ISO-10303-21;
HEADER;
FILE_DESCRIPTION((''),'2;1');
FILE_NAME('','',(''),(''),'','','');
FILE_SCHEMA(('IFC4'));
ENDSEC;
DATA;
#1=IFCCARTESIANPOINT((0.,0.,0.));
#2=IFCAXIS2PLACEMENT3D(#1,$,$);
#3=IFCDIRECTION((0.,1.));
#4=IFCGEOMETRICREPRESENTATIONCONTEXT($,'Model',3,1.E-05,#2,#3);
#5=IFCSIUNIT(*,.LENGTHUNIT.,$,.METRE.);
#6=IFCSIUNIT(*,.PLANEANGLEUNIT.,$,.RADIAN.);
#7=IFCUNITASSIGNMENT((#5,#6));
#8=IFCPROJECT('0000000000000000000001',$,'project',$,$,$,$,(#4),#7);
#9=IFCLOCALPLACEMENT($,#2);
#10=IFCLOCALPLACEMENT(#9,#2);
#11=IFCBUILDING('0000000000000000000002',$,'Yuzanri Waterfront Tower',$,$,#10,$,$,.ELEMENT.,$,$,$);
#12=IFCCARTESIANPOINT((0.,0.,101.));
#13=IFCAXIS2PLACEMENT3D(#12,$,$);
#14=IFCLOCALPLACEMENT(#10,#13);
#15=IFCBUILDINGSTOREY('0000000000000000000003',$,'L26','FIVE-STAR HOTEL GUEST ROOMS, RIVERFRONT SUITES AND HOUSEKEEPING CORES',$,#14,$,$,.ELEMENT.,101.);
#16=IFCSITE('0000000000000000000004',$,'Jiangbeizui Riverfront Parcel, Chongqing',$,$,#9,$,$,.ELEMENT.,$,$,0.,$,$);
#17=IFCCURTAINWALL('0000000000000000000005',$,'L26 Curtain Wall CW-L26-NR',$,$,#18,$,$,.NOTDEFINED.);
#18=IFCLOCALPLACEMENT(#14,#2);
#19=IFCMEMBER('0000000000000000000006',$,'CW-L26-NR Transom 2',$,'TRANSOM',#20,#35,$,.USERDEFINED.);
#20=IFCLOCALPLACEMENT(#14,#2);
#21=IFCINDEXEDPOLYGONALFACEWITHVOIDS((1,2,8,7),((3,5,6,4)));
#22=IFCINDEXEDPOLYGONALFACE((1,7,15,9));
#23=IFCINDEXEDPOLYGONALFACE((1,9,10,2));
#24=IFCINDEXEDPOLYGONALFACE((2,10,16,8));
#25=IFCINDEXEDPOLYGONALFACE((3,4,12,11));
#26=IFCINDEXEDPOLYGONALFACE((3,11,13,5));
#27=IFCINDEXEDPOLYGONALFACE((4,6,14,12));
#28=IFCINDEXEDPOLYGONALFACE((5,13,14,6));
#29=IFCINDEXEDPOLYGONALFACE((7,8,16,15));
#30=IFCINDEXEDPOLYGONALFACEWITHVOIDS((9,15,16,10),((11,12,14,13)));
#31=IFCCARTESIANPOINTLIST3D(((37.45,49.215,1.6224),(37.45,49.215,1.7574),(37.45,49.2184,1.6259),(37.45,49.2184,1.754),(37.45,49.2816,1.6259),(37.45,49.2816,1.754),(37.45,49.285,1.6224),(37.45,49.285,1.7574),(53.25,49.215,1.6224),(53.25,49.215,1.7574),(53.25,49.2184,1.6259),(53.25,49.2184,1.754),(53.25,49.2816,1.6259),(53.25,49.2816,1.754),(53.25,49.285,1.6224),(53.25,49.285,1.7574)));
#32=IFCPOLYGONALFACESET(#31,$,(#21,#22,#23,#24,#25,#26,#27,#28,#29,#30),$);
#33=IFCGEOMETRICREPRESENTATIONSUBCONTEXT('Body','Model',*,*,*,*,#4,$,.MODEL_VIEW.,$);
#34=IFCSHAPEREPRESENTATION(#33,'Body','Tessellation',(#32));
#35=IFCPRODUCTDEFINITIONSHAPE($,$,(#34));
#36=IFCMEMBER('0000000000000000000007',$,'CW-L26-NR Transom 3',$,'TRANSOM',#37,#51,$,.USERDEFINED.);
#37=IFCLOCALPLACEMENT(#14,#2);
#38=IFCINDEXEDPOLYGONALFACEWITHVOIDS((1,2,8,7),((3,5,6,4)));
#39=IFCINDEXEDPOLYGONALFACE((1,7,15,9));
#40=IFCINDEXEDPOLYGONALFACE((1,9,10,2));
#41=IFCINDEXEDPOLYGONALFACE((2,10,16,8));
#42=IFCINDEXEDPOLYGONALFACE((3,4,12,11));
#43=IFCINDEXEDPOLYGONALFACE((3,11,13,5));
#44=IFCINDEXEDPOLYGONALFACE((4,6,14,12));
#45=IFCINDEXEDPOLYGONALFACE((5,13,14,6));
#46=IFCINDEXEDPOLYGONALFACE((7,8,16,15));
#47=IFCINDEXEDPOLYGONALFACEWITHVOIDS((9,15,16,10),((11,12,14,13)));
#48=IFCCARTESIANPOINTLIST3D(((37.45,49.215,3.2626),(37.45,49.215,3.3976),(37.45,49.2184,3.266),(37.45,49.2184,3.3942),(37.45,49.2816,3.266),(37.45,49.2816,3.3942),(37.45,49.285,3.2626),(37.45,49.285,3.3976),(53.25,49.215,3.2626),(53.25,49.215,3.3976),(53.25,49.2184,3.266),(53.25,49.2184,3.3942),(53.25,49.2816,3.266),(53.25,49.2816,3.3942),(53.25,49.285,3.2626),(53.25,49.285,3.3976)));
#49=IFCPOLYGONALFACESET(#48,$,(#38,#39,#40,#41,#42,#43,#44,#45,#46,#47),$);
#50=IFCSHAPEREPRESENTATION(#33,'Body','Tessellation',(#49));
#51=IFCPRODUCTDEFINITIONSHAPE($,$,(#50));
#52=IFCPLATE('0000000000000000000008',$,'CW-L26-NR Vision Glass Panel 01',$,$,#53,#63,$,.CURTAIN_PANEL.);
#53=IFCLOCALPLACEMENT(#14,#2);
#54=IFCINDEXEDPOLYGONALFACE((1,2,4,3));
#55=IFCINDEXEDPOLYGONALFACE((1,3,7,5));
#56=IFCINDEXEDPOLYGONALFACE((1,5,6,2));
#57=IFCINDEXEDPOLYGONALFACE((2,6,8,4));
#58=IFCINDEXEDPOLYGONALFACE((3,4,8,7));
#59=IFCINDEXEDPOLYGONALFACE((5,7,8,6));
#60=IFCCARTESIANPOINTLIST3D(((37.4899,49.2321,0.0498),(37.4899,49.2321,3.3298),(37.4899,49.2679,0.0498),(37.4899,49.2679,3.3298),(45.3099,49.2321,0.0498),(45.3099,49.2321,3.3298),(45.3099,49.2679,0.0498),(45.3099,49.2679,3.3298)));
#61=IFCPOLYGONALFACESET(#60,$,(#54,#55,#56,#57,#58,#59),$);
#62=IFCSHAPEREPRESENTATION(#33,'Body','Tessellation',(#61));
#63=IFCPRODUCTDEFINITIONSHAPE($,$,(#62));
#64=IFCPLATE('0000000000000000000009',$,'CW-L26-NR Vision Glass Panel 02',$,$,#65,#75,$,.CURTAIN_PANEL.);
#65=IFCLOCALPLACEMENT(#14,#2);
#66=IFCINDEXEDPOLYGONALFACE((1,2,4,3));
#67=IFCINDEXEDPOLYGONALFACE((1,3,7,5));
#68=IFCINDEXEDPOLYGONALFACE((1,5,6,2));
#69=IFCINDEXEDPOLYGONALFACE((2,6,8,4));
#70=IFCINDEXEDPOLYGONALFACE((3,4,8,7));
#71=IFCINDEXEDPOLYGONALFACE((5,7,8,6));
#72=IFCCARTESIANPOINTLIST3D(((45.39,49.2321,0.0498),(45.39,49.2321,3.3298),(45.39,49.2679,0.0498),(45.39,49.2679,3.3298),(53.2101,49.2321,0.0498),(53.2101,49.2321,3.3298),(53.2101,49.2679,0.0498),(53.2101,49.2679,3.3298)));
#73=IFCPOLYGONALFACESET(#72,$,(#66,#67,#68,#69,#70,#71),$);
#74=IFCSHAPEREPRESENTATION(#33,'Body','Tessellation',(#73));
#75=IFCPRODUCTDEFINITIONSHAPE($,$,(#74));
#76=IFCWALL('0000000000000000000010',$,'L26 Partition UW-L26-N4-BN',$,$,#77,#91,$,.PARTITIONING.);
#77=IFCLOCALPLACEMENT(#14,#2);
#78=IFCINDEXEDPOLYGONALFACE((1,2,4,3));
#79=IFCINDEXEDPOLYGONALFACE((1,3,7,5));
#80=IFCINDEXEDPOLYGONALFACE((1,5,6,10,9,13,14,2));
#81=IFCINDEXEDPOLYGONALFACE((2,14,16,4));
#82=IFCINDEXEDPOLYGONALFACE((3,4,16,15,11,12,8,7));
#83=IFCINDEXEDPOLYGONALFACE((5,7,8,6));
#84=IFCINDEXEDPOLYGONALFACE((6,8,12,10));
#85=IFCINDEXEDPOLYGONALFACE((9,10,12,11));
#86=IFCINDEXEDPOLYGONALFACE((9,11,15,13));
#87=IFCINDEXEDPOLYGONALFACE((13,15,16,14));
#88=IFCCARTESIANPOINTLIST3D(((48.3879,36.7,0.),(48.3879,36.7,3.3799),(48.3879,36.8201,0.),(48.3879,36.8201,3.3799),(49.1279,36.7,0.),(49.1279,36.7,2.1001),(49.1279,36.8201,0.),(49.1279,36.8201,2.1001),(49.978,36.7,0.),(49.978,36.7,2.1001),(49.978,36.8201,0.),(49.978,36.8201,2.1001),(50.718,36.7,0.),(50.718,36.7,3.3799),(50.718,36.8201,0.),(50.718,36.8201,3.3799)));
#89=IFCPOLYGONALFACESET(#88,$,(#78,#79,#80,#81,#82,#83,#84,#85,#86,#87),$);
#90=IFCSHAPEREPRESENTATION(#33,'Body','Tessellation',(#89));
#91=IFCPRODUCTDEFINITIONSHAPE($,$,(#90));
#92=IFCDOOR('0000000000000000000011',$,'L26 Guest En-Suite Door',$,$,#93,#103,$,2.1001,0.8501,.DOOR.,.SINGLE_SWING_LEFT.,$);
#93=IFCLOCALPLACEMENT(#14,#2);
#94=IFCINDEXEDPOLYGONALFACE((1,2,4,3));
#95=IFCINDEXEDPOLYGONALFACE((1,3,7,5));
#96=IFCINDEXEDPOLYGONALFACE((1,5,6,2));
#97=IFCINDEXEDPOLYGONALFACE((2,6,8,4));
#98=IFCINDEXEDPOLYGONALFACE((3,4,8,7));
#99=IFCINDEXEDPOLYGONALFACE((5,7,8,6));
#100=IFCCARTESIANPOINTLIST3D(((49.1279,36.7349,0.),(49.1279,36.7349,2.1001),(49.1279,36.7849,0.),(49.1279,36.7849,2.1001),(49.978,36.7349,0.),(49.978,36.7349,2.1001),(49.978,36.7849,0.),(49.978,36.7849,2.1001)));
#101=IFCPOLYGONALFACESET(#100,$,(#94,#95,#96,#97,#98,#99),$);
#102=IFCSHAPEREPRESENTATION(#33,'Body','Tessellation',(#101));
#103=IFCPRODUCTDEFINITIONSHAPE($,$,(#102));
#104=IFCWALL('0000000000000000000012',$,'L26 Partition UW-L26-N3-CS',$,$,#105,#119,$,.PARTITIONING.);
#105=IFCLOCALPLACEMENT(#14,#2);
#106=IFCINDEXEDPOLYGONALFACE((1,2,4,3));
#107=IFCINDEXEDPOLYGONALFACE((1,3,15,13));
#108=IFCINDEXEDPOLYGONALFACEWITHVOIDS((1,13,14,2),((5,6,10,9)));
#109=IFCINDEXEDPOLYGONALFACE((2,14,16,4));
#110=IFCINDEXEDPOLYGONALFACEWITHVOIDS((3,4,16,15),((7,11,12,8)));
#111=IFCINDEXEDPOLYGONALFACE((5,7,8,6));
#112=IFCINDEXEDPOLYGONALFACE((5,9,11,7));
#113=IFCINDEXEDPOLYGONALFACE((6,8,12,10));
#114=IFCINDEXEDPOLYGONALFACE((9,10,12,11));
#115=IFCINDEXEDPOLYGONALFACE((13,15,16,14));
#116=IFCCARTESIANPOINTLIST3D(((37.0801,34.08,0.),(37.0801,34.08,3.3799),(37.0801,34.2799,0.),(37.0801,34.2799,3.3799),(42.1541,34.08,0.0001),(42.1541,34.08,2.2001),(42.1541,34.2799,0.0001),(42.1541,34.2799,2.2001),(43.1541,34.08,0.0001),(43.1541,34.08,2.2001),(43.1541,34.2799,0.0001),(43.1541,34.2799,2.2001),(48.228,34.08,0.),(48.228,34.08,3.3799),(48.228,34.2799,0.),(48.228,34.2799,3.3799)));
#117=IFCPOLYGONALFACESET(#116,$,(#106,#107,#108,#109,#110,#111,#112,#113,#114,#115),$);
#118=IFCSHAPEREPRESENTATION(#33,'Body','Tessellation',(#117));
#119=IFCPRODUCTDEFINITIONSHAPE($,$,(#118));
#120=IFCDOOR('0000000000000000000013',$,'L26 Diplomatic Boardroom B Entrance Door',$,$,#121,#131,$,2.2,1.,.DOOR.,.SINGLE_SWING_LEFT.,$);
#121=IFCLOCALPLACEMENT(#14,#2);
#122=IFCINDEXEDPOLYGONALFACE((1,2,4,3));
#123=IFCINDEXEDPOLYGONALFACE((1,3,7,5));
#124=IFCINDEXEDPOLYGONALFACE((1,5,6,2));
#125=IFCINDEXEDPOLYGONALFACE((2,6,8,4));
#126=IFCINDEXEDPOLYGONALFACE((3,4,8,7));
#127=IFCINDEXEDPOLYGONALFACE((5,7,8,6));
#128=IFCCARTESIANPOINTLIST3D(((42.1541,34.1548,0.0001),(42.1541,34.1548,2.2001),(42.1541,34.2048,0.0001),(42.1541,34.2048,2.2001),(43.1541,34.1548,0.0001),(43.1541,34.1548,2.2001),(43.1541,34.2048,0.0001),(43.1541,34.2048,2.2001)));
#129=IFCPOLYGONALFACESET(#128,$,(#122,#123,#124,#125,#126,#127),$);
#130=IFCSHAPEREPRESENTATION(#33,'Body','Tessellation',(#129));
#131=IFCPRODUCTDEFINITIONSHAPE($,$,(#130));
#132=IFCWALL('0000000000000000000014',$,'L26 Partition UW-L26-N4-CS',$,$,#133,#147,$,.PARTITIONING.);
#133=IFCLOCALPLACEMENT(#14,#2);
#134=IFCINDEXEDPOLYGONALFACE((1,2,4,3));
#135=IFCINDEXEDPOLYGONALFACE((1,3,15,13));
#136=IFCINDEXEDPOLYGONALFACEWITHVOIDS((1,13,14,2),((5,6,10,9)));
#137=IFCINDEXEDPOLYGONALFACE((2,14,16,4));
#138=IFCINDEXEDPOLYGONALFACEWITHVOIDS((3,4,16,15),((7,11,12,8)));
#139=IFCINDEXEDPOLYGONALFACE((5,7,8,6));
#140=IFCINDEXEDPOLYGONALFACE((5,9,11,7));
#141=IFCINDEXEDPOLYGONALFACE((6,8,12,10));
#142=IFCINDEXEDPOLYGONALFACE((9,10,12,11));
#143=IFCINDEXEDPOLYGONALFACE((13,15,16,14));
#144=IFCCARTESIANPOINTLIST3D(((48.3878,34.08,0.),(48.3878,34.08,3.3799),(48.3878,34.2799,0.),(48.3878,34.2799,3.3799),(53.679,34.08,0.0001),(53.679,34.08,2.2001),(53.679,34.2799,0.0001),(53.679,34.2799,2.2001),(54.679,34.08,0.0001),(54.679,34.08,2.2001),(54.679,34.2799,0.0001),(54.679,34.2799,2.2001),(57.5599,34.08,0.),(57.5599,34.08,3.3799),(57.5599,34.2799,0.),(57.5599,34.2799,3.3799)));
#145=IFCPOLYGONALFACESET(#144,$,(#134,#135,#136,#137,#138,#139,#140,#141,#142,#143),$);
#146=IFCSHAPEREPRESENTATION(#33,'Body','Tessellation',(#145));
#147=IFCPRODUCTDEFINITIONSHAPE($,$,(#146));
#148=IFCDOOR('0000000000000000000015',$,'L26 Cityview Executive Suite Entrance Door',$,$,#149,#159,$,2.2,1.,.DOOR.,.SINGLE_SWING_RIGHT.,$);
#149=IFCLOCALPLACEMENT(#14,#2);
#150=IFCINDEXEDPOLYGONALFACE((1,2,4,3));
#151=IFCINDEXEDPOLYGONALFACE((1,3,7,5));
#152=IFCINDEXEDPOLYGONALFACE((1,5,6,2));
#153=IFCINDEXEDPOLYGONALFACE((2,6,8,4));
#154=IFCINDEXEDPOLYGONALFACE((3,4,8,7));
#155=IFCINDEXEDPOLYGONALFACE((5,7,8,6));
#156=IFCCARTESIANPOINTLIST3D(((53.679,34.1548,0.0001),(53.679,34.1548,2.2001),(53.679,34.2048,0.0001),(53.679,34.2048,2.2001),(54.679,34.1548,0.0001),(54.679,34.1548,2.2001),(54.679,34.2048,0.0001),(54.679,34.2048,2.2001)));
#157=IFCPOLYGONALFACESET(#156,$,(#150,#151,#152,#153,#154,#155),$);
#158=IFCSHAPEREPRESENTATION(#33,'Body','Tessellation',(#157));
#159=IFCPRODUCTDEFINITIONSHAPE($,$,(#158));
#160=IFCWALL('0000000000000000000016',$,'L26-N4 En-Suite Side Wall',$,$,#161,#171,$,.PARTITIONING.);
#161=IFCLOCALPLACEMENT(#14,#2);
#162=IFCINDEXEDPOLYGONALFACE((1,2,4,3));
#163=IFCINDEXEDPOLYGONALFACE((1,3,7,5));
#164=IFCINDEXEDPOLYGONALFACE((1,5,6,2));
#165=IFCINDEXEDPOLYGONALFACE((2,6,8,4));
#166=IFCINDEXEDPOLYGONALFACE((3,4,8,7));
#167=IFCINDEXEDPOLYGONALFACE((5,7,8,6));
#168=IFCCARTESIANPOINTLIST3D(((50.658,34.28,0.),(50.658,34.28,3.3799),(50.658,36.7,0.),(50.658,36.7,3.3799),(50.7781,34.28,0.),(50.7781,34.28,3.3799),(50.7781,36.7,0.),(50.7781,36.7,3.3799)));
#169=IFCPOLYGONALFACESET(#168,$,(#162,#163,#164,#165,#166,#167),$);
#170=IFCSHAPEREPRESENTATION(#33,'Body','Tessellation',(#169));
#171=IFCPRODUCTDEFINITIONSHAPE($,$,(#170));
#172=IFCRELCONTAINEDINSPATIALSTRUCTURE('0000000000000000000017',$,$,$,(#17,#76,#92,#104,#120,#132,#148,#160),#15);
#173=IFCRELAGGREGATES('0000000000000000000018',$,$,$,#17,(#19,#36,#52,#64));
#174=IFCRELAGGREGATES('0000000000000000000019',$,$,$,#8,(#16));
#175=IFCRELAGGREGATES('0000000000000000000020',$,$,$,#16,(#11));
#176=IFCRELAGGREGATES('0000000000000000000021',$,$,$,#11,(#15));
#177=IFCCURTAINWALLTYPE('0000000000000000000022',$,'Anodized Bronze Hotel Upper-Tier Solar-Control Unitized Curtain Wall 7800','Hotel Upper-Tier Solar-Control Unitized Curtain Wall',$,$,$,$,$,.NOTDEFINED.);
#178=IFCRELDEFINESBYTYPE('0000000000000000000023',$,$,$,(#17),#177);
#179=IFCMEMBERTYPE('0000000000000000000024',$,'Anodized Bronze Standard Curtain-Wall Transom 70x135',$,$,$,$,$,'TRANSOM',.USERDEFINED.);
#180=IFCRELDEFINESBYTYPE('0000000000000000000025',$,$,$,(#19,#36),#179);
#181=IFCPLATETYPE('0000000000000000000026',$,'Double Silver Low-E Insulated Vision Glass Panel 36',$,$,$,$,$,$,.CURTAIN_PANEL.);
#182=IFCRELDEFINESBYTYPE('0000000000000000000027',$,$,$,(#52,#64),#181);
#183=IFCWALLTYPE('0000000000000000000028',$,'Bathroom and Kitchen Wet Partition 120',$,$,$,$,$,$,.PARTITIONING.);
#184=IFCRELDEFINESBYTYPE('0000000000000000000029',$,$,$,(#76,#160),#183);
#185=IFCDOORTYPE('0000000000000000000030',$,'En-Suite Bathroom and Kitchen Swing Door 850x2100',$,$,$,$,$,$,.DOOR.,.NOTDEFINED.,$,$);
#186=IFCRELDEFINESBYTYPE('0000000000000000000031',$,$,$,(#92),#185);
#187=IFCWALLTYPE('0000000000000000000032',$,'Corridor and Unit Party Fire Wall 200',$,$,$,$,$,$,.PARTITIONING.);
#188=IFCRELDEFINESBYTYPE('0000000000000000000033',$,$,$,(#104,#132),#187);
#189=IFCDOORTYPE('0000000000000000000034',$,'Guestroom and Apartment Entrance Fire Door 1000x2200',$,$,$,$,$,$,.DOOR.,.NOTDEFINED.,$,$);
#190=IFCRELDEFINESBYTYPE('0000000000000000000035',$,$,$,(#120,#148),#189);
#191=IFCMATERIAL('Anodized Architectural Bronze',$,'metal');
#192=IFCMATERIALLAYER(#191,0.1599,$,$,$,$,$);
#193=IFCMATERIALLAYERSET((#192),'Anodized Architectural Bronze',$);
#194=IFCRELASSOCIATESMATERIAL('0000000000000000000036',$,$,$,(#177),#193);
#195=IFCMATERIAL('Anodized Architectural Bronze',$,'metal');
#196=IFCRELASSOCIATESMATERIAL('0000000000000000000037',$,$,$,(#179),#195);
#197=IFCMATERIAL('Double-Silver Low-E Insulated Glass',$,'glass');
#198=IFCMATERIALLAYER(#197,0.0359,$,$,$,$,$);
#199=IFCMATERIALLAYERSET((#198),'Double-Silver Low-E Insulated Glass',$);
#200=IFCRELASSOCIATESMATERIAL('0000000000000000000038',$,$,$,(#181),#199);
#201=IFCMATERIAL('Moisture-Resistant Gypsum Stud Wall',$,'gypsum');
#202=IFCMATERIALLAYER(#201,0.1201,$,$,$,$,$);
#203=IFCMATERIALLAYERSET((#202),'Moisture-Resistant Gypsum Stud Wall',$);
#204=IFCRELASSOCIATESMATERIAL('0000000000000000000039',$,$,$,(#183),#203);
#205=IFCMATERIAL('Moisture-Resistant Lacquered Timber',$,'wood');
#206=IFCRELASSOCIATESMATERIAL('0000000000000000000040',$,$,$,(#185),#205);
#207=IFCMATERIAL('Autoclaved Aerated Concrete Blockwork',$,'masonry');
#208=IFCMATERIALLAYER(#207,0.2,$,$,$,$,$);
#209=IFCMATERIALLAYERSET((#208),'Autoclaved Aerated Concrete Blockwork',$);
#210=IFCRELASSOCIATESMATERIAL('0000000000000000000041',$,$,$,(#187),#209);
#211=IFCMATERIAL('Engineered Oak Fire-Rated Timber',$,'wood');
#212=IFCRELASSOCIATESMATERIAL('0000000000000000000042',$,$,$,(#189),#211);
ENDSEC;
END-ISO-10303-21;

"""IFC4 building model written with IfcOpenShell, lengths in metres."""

from ifc_helpers import new_model, si_unit, direction, frame, frame_2d, origin, origin_2d, place, context, subcontext, project, spatial, rectangle, hollow_rectangle, extrude, source, transform, mapped, material, layer, layer_set, material_profile, profile_set, type_object, element, fill, aggregate, save


model = new_model("IFC4")

# Units and contexts
model_context = context("Model", 3, precision=1e-05, world=origin(), true_north=direction((0.0, 1.0)))
body_context = subcontext(model_context, "Body", "Model", "MODEL_VIEW")
ifc_project = project(units=[si_unit("LENGTHUNIT", "METRE"), si_unit("PLANEANGLEUNIT", "RADIAN")], contexts=[model_context])

# Site, building, storey
site_placement = place(None, origin())
site = spatial("IfcSite", under=ifc_project, at=site_placement, Name="Jiangbeizui Riverfront Parcel, Chongqing", CompositionType="ELEMENT", RefElevation=0.0)
building_placement = place(site_placement, origin())
building = spatial("IfcBuilding", under=site, at=building_placement, Name="Yuzanri Waterfront Tower", CompositionType="ELEMENT")
storey_placement = place(building_placement, frame((0.0, 0.0, 101.0)))
storey = spatial("IfcBuildingStorey", under=building, at=storey_placement, Name="L26", Description="FIVE-STAR HOTEL GUEST ROOMS, RIVERFRONT SUITES AND HOUSEKEEPING CORES", CompositionType="ELEMENT", Elevation=101.0)

# Shared definitions
ifc_material_1 = material(Name="Anodized Architectural Bronze", Category="metal")
ifc_layer_1 = layer(ifc_material_1, 0.1599)
ifc_layer_set_1 = layer_set([ifc_layer_1], Name="Anodized Architectural Bronze")
curtain_wall_type = type_object("IfcCurtainWallType", Name="Anodized Bronze Hotel Upper-Tier Solar-Control Unitized Curtain Wall 7800", Description="Hotel Upper-Tier Solar-Control Unitized Curtain Wall", PredefinedType="NOTDEFINED", material=ifc_layer_set_1)

# Curtain wall, members, plates
curtain_wall_1_placement = place(storey_placement, origin())
curtain_wall_1 = element("IfcCurtainWall", 1, at=curtain_wall_1_placement, inside=storey, type_object=curtain_wall_type, Name="L26 Curtain Wall CW-L26-NR", PredefinedType="NOTDEFINED")
ifc_material_2 = material(Name="Anodized Architectural Bronze", Category="metal")
ifc_material_profile_1 = material_profile(ifc_material_2, hollow_rectangle(XDim=0.0701, YDim=0.135, WallThickness=0.0034, at=origin_2d()), Name="CWT 70x135")
ifc_profile_set_1 = profile_set([ifc_material_profile_1], Name="Anodized Architectural Bronze")
member_type_1 = type_object("IfcMemberType", Name="Anodized Bronze Standard Curtain-Wall Transom 70x135", ElementType="TRANSOM", PredefinedType="USERDEFINED", material=ifc_profile_set_1)
shared_shape_1 = source(origin(), body_context, "Body", "SweptSolid", [
    extrude(hollow_rectangle(XDim=0.0701, YDim=0.135, WallThickness=0.0034, at=origin_2d()), origin(), (0.0, 0.0, 1.0), 15.8),
])
member_1_placement = place(storey_placement, frame((37.45, 49.25, 1.6899), z_axis=(1.0, 0.0, 0.0), x_axis=(0.0, 1.0, 0.0)))
member_1 = element("IfcMember", 2, at=member_1_placement, type_object=member_type_1, Name="CW-L26-NR Transom 2", ObjectType="TRANSOM", PredefinedType="USERDEFINED", context=body_context, shape_type="MappedRepresentation", body=[
    mapped(shared_shape_1, transform((0.0, 0.0, 0.0), scale=1.0)),
])
member_2_placement = place(storey_placement, frame((37.45, 49.25, 3.3301), z_axis=(1.0, 0.0, 0.0), x_axis=(0.0, 1.0, 0.0)))
member_2 = element("IfcMember", 3, at=member_2_placement, type_object=member_type_1, Name="CW-L26-NR Transom 3", ObjectType="TRANSOM", PredefinedType="USERDEFINED", context=body_context, shape_type="MappedRepresentation", body=[
    mapped(shared_shape_1, transform((0.0, 0.0, 0.0), scale=1.0)),
])
ifc_material_3 = material(Name="Double-Silver Low-E Insulated Glass", Category="glass")
ifc_layer_2 = layer(ifc_material_3, 0.0359)
ifc_layer_set_2 = layer_set([ifc_layer_2], Name="Double-Silver Low-E Insulated Glass")
plate_type = type_object("IfcPlateType", Name="Double Silver Low-E Insulated Vision Glass Panel 36", PredefinedType="CURTAIN_PANEL", material=ifc_layer_set_2)
shared_shape_2 = source(origin(), body_context, "Body", "SweptSolid", [
    extrude(rectangle(XDim=7.8201, YDim=0.0359, at=origin_2d()), origin(), (0.0, 0.0, 1.0), 3.28),
])
plate_1_placement = place(storey_placement, frame((41.3999, 49.25, 0.0498), z_axis=(0.0, 0.0, 1.0), x_axis=(1.0, 0.0, 0.0)))
plate_1 = element("IfcPlate", 4, at=plate_1_placement, type_object=plate_type, Name="CW-L26-NR Vision Glass Panel 01", PredefinedType="CURTAIN_PANEL", context=body_context, shape_type="MappedRepresentation", body=[
    mapped(shared_shape_2, transform((0.0, 0.0, 0.0), scale=1.0)),
])
plate_2_placement = place(storey_placement, frame((49.3, 49.25, 0.0498), z_axis=(0.0, 0.0, 1.0), x_axis=(1.0, 0.0, 0.0)))
plate_2 = element("IfcPlate", 5, at=plate_2_placement, type_object=plate_type, Name="CW-L26-NR Vision Glass Panel 02", PredefinedType="CURTAIN_PANEL", context=body_context, shape_type="MappedRepresentation", body=[
    mapped(shared_shape_2, transform((0.0, 0.0, 0.0), scale=1.0)),
])
aggregate(curtain_wall_1, [member_1, member_2, plate_1, plate_2])

# Walls, openings, doors
ifc_material_4 = material(Name="Moisture-Resistant Gypsum Stud Wall", Category="gypsum")
ifc_layer_3 = layer(ifc_material_4, 0.1201)
ifc_layer_set_3 = layer_set([ifc_layer_3], Name="Moisture-Resistant Gypsum Stud Wall")
wall_type_1 = type_object("IfcWallType", Name="Bathroom and Kitchen Wet Partition 120", PredefinedType="PARTITIONING", material=ifc_layer_set_3)
wall_1_placement = place(storey_placement, frame((48.3879, 36.76, 0.0), z_axis=(0.0, 0.0, 1.0), x_axis=(1.0, 0.0, 0.0)))
wall_1 = element("IfcWall", 6, at=wall_1_placement, inside=storey, type_object=wall_type_1, Name="L26 Partition UW-L26-N4-BN", PredefinedType="PARTITIONING", context=body_context, shape_type="SweptSolid", body=[
    extrude(rectangle(XDim=2.3301, YDim=0.1201, at=frame_2d((1.165, 0.0))), origin(), (0.0, 0.0, 1.0), 3.3799),
])
opening_1_placement = place(wall_1_placement, frame((0.74, 0.0, 0.0)))
opening_1 = element("IfcOpeningElement", 7, at=opening_1_placement, cuts=wall_1, PredefinedType="OPENING", context=body_context, shape_type="SweptSolid", body=[
    extrude(rectangle(XDim=0.8501, YDim=2.1001, at=frame_2d((0.425, 1.05))), frame((0.0, 0.075, 0.0), z_axis=(0.0, -1.0, 0.0), x_axis=(1.0, 0.0, 0.0)), (0.0, 0.0, 1.0), 0.1499),
])
ifc_material_5 = material(Name="Moisture-Resistant Lacquered Timber", Category="wood")
door_type_1 = type_object("IfcDoorType", Name="En-Suite Bathroom and Kitchen Swing Door 850x2100", OperationType="NOTDEFINED", PredefinedType="DOOR", material=ifc_material_5)
shared_shape_3 = source(origin(), body_context, "Body", "SweptSolid", [
    extrude(rectangle(XDim=0.8501, YDim=2.1001, at=frame_2d((0.425, 1.05))), frame((0.0, 0.0249, 0.0), z_axis=(0.0, -1.0, 0.0), x_axis=(1.0, 0.0, 0.0)), (0.0, 0.0, 1.0), 0.05),
])
door_1_placement = place(opening_1_placement, origin())
door_1 = element("IfcDoor", 8, at=door_1_placement, inside=storey, type_object=door_type_1, Name="L26 Guest En-Suite Door", OperationType="SINGLE_SWING_LEFT", OverallHeight=2.1001, OverallWidth=0.8501, PredefinedType="DOOR", context=body_context, shape_type="MappedRepresentation", body=[
    mapped(shared_shape_3, transform((0.0, 0.0, 0.0), scale=1.0)),
])
fill(opening_1, door_1)
ifc_material_6 = material(Name="Autoclaved Aerated Concrete Blockwork", Category="masonry")
ifc_layer_4 = layer(ifc_material_6, 0.2)
ifc_layer_set_4 = layer_set([ifc_layer_4], Name="Autoclaved Aerated Concrete Blockwork")
wall_type_2 = type_object("IfcWallType", Name="Corridor and Unit Party Fire Wall 200", PredefinedType="PARTITIONING", material=ifc_layer_set_4)
wall_2_placement = place(storey_placement, frame((37.0801, 34.1799, 0.0), z_axis=(0.0, 0.0, 1.0), x_axis=(1.0, 0.0, 0.0)))
wall_2 = element("IfcWall", 9, at=wall_2_placement, inside=storey, type_object=wall_type_2, Name="L26 Partition UW-L26-N3-CS", PredefinedType="PARTITIONING", context=body_context, shape_type="SweptSolid", body=[
    extrude(rectangle(XDim=11.1479, YDim=0.2, at=frame_2d((5.574, 0.0))), origin(), (0.0, 0.0, 1.0), 3.3799),
])
opening_2_placement = place(wall_2_placement, frame((5.074, 0.0, 0.0)))
opening_2 = element("IfcOpeningElement", 10, at=opening_2_placement, cuts=wall_2, PredefinedType="OPENING", context=body_context, shape_type="SweptSolid", body=[
    extrude(rectangle(XDim=1.0, YDim=2.2, at=frame_2d((0.5, 1.1001))), frame((0.0, 0.1147, 0.0), z_axis=(0.0, -1.0, 0.0), x_axis=(1.0, 0.0, 0.0)), (0.0, 0.0, 1.0), 0.2297),
])
ifc_material_7 = material(Name="Engineered Oak Fire-Rated Timber", Category="wood")
door_type_2 = type_object("IfcDoorType", Name="Guestroom and Apartment Entrance Fire Door 1000x2200", OperationType="NOTDEFINED", PredefinedType="DOOR", material=ifc_material_7)
shared_shape_4 = source(origin(), body_context, "Body", "SweptSolid", [
    extrude(rectangle(XDim=1.0, YDim=2.2, at=frame_2d((0.5, 1.1001))), frame((0.0, 0.0249, 0.0), z_axis=(0.0, -1.0, 0.0), x_axis=(1.0, 0.0, 0.0)), (0.0, 0.0, 1.0), 0.05),
])
door_2_placement = place(opening_2_placement, origin())
door_2 = element("IfcDoor", 11, at=door_2_placement, inside=storey, type_object=door_type_2, Name="L26 Diplomatic Boardroom B Entrance Door", OperationType="SINGLE_SWING_LEFT", OverallHeight=2.2, OverallWidth=1.0, PredefinedType="DOOR", context=body_context, shape_type="MappedRepresentation", body=[
    mapped(shared_shape_4, transform((0.0, 0.0, 0.0), scale=1.0)),
])
fill(opening_2, door_2)
wall_3_placement = place(storey_placement, frame((48.3879, 34.1799, 0.0), z_axis=(0.0, 0.0, 1.0), x_axis=(1.0, 0.0, 0.0)))
wall_3 = element("IfcWall", 12, at=wall_3_placement, inside=storey, type_object=wall_type_2, Name="L26 Partition UW-L26-N4-CS", PredefinedType="PARTITIONING", context=body_context, shape_type="SweptSolid", body=[
    extrude(rectangle(XDim=9.1721, YDim=0.2, at=frame_2d((4.5859, 0.0))), origin(), (0.0, 0.0, 1.0), 3.3799),
])
opening_3_placement = place(wall_3_placement, frame((5.291, 0.0, 0.0)))
opening_3 = element("IfcOpeningElement", 13, at=opening_3_placement, cuts=wall_3, PredefinedType="OPENING", context=body_context, shape_type="SweptSolid", body=[
    extrude(rectangle(XDim=1.0, YDim=2.2, at=frame_2d((0.5, 1.1001))), frame((0.0, 0.1147, 0.0), z_axis=(0.0, -1.0, 0.0), x_axis=(1.0, 0.0, 0.0)), (0.0, 0.0, 1.0), 0.2297),
])
door_3_placement = place(opening_3_placement, origin())
door_3 = element("IfcDoor", 14, at=door_3_placement, inside=storey, type_object=door_type_2, Name="L26 Cityview Executive Suite Entrance Door", OperationType="SINGLE_SWING_RIGHT", OverallHeight=2.2, OverallWidth=1.0, PredefinedType="DOOR", context=body_context, shape_type="MappedRepresentation", body=[
    mapped(shared_shape_4, transform((0.0, 0.0, 0.0), scale=1.0)),
])
fill(opening_3, door_3)

# Wall
shared_shape_5 = source(origin(), body_context, "Body", "SweptSolid", [
    extrude(rectangle(XDim=2.4199, YDim=0.1201, at=frame_2d((1.21, 0.0))), origin(), (0.0, 0.0, 1.0), 3.3799),
])
wall_4_placement = place(storey_placement, frame((50.718, 34.28, 0.0), z_axis=(0.0, 0.0, 1.0), x_axis=(0.0, 1.0, 0.0)))
element("IfcWall", 15, at=wall_4_placement, inside=storey, type_object=wall_type_1, Name="L26-N4 En-Suite Side Wall", PredefinedType="PARTITIONING", context=body_context, shape_type="MappedRepresentation", body=[
    mapped(shared_shape_5, transform((0.0, 0.0, 0.0), scale=1.0)),
])

save(model, "model.ifc")
